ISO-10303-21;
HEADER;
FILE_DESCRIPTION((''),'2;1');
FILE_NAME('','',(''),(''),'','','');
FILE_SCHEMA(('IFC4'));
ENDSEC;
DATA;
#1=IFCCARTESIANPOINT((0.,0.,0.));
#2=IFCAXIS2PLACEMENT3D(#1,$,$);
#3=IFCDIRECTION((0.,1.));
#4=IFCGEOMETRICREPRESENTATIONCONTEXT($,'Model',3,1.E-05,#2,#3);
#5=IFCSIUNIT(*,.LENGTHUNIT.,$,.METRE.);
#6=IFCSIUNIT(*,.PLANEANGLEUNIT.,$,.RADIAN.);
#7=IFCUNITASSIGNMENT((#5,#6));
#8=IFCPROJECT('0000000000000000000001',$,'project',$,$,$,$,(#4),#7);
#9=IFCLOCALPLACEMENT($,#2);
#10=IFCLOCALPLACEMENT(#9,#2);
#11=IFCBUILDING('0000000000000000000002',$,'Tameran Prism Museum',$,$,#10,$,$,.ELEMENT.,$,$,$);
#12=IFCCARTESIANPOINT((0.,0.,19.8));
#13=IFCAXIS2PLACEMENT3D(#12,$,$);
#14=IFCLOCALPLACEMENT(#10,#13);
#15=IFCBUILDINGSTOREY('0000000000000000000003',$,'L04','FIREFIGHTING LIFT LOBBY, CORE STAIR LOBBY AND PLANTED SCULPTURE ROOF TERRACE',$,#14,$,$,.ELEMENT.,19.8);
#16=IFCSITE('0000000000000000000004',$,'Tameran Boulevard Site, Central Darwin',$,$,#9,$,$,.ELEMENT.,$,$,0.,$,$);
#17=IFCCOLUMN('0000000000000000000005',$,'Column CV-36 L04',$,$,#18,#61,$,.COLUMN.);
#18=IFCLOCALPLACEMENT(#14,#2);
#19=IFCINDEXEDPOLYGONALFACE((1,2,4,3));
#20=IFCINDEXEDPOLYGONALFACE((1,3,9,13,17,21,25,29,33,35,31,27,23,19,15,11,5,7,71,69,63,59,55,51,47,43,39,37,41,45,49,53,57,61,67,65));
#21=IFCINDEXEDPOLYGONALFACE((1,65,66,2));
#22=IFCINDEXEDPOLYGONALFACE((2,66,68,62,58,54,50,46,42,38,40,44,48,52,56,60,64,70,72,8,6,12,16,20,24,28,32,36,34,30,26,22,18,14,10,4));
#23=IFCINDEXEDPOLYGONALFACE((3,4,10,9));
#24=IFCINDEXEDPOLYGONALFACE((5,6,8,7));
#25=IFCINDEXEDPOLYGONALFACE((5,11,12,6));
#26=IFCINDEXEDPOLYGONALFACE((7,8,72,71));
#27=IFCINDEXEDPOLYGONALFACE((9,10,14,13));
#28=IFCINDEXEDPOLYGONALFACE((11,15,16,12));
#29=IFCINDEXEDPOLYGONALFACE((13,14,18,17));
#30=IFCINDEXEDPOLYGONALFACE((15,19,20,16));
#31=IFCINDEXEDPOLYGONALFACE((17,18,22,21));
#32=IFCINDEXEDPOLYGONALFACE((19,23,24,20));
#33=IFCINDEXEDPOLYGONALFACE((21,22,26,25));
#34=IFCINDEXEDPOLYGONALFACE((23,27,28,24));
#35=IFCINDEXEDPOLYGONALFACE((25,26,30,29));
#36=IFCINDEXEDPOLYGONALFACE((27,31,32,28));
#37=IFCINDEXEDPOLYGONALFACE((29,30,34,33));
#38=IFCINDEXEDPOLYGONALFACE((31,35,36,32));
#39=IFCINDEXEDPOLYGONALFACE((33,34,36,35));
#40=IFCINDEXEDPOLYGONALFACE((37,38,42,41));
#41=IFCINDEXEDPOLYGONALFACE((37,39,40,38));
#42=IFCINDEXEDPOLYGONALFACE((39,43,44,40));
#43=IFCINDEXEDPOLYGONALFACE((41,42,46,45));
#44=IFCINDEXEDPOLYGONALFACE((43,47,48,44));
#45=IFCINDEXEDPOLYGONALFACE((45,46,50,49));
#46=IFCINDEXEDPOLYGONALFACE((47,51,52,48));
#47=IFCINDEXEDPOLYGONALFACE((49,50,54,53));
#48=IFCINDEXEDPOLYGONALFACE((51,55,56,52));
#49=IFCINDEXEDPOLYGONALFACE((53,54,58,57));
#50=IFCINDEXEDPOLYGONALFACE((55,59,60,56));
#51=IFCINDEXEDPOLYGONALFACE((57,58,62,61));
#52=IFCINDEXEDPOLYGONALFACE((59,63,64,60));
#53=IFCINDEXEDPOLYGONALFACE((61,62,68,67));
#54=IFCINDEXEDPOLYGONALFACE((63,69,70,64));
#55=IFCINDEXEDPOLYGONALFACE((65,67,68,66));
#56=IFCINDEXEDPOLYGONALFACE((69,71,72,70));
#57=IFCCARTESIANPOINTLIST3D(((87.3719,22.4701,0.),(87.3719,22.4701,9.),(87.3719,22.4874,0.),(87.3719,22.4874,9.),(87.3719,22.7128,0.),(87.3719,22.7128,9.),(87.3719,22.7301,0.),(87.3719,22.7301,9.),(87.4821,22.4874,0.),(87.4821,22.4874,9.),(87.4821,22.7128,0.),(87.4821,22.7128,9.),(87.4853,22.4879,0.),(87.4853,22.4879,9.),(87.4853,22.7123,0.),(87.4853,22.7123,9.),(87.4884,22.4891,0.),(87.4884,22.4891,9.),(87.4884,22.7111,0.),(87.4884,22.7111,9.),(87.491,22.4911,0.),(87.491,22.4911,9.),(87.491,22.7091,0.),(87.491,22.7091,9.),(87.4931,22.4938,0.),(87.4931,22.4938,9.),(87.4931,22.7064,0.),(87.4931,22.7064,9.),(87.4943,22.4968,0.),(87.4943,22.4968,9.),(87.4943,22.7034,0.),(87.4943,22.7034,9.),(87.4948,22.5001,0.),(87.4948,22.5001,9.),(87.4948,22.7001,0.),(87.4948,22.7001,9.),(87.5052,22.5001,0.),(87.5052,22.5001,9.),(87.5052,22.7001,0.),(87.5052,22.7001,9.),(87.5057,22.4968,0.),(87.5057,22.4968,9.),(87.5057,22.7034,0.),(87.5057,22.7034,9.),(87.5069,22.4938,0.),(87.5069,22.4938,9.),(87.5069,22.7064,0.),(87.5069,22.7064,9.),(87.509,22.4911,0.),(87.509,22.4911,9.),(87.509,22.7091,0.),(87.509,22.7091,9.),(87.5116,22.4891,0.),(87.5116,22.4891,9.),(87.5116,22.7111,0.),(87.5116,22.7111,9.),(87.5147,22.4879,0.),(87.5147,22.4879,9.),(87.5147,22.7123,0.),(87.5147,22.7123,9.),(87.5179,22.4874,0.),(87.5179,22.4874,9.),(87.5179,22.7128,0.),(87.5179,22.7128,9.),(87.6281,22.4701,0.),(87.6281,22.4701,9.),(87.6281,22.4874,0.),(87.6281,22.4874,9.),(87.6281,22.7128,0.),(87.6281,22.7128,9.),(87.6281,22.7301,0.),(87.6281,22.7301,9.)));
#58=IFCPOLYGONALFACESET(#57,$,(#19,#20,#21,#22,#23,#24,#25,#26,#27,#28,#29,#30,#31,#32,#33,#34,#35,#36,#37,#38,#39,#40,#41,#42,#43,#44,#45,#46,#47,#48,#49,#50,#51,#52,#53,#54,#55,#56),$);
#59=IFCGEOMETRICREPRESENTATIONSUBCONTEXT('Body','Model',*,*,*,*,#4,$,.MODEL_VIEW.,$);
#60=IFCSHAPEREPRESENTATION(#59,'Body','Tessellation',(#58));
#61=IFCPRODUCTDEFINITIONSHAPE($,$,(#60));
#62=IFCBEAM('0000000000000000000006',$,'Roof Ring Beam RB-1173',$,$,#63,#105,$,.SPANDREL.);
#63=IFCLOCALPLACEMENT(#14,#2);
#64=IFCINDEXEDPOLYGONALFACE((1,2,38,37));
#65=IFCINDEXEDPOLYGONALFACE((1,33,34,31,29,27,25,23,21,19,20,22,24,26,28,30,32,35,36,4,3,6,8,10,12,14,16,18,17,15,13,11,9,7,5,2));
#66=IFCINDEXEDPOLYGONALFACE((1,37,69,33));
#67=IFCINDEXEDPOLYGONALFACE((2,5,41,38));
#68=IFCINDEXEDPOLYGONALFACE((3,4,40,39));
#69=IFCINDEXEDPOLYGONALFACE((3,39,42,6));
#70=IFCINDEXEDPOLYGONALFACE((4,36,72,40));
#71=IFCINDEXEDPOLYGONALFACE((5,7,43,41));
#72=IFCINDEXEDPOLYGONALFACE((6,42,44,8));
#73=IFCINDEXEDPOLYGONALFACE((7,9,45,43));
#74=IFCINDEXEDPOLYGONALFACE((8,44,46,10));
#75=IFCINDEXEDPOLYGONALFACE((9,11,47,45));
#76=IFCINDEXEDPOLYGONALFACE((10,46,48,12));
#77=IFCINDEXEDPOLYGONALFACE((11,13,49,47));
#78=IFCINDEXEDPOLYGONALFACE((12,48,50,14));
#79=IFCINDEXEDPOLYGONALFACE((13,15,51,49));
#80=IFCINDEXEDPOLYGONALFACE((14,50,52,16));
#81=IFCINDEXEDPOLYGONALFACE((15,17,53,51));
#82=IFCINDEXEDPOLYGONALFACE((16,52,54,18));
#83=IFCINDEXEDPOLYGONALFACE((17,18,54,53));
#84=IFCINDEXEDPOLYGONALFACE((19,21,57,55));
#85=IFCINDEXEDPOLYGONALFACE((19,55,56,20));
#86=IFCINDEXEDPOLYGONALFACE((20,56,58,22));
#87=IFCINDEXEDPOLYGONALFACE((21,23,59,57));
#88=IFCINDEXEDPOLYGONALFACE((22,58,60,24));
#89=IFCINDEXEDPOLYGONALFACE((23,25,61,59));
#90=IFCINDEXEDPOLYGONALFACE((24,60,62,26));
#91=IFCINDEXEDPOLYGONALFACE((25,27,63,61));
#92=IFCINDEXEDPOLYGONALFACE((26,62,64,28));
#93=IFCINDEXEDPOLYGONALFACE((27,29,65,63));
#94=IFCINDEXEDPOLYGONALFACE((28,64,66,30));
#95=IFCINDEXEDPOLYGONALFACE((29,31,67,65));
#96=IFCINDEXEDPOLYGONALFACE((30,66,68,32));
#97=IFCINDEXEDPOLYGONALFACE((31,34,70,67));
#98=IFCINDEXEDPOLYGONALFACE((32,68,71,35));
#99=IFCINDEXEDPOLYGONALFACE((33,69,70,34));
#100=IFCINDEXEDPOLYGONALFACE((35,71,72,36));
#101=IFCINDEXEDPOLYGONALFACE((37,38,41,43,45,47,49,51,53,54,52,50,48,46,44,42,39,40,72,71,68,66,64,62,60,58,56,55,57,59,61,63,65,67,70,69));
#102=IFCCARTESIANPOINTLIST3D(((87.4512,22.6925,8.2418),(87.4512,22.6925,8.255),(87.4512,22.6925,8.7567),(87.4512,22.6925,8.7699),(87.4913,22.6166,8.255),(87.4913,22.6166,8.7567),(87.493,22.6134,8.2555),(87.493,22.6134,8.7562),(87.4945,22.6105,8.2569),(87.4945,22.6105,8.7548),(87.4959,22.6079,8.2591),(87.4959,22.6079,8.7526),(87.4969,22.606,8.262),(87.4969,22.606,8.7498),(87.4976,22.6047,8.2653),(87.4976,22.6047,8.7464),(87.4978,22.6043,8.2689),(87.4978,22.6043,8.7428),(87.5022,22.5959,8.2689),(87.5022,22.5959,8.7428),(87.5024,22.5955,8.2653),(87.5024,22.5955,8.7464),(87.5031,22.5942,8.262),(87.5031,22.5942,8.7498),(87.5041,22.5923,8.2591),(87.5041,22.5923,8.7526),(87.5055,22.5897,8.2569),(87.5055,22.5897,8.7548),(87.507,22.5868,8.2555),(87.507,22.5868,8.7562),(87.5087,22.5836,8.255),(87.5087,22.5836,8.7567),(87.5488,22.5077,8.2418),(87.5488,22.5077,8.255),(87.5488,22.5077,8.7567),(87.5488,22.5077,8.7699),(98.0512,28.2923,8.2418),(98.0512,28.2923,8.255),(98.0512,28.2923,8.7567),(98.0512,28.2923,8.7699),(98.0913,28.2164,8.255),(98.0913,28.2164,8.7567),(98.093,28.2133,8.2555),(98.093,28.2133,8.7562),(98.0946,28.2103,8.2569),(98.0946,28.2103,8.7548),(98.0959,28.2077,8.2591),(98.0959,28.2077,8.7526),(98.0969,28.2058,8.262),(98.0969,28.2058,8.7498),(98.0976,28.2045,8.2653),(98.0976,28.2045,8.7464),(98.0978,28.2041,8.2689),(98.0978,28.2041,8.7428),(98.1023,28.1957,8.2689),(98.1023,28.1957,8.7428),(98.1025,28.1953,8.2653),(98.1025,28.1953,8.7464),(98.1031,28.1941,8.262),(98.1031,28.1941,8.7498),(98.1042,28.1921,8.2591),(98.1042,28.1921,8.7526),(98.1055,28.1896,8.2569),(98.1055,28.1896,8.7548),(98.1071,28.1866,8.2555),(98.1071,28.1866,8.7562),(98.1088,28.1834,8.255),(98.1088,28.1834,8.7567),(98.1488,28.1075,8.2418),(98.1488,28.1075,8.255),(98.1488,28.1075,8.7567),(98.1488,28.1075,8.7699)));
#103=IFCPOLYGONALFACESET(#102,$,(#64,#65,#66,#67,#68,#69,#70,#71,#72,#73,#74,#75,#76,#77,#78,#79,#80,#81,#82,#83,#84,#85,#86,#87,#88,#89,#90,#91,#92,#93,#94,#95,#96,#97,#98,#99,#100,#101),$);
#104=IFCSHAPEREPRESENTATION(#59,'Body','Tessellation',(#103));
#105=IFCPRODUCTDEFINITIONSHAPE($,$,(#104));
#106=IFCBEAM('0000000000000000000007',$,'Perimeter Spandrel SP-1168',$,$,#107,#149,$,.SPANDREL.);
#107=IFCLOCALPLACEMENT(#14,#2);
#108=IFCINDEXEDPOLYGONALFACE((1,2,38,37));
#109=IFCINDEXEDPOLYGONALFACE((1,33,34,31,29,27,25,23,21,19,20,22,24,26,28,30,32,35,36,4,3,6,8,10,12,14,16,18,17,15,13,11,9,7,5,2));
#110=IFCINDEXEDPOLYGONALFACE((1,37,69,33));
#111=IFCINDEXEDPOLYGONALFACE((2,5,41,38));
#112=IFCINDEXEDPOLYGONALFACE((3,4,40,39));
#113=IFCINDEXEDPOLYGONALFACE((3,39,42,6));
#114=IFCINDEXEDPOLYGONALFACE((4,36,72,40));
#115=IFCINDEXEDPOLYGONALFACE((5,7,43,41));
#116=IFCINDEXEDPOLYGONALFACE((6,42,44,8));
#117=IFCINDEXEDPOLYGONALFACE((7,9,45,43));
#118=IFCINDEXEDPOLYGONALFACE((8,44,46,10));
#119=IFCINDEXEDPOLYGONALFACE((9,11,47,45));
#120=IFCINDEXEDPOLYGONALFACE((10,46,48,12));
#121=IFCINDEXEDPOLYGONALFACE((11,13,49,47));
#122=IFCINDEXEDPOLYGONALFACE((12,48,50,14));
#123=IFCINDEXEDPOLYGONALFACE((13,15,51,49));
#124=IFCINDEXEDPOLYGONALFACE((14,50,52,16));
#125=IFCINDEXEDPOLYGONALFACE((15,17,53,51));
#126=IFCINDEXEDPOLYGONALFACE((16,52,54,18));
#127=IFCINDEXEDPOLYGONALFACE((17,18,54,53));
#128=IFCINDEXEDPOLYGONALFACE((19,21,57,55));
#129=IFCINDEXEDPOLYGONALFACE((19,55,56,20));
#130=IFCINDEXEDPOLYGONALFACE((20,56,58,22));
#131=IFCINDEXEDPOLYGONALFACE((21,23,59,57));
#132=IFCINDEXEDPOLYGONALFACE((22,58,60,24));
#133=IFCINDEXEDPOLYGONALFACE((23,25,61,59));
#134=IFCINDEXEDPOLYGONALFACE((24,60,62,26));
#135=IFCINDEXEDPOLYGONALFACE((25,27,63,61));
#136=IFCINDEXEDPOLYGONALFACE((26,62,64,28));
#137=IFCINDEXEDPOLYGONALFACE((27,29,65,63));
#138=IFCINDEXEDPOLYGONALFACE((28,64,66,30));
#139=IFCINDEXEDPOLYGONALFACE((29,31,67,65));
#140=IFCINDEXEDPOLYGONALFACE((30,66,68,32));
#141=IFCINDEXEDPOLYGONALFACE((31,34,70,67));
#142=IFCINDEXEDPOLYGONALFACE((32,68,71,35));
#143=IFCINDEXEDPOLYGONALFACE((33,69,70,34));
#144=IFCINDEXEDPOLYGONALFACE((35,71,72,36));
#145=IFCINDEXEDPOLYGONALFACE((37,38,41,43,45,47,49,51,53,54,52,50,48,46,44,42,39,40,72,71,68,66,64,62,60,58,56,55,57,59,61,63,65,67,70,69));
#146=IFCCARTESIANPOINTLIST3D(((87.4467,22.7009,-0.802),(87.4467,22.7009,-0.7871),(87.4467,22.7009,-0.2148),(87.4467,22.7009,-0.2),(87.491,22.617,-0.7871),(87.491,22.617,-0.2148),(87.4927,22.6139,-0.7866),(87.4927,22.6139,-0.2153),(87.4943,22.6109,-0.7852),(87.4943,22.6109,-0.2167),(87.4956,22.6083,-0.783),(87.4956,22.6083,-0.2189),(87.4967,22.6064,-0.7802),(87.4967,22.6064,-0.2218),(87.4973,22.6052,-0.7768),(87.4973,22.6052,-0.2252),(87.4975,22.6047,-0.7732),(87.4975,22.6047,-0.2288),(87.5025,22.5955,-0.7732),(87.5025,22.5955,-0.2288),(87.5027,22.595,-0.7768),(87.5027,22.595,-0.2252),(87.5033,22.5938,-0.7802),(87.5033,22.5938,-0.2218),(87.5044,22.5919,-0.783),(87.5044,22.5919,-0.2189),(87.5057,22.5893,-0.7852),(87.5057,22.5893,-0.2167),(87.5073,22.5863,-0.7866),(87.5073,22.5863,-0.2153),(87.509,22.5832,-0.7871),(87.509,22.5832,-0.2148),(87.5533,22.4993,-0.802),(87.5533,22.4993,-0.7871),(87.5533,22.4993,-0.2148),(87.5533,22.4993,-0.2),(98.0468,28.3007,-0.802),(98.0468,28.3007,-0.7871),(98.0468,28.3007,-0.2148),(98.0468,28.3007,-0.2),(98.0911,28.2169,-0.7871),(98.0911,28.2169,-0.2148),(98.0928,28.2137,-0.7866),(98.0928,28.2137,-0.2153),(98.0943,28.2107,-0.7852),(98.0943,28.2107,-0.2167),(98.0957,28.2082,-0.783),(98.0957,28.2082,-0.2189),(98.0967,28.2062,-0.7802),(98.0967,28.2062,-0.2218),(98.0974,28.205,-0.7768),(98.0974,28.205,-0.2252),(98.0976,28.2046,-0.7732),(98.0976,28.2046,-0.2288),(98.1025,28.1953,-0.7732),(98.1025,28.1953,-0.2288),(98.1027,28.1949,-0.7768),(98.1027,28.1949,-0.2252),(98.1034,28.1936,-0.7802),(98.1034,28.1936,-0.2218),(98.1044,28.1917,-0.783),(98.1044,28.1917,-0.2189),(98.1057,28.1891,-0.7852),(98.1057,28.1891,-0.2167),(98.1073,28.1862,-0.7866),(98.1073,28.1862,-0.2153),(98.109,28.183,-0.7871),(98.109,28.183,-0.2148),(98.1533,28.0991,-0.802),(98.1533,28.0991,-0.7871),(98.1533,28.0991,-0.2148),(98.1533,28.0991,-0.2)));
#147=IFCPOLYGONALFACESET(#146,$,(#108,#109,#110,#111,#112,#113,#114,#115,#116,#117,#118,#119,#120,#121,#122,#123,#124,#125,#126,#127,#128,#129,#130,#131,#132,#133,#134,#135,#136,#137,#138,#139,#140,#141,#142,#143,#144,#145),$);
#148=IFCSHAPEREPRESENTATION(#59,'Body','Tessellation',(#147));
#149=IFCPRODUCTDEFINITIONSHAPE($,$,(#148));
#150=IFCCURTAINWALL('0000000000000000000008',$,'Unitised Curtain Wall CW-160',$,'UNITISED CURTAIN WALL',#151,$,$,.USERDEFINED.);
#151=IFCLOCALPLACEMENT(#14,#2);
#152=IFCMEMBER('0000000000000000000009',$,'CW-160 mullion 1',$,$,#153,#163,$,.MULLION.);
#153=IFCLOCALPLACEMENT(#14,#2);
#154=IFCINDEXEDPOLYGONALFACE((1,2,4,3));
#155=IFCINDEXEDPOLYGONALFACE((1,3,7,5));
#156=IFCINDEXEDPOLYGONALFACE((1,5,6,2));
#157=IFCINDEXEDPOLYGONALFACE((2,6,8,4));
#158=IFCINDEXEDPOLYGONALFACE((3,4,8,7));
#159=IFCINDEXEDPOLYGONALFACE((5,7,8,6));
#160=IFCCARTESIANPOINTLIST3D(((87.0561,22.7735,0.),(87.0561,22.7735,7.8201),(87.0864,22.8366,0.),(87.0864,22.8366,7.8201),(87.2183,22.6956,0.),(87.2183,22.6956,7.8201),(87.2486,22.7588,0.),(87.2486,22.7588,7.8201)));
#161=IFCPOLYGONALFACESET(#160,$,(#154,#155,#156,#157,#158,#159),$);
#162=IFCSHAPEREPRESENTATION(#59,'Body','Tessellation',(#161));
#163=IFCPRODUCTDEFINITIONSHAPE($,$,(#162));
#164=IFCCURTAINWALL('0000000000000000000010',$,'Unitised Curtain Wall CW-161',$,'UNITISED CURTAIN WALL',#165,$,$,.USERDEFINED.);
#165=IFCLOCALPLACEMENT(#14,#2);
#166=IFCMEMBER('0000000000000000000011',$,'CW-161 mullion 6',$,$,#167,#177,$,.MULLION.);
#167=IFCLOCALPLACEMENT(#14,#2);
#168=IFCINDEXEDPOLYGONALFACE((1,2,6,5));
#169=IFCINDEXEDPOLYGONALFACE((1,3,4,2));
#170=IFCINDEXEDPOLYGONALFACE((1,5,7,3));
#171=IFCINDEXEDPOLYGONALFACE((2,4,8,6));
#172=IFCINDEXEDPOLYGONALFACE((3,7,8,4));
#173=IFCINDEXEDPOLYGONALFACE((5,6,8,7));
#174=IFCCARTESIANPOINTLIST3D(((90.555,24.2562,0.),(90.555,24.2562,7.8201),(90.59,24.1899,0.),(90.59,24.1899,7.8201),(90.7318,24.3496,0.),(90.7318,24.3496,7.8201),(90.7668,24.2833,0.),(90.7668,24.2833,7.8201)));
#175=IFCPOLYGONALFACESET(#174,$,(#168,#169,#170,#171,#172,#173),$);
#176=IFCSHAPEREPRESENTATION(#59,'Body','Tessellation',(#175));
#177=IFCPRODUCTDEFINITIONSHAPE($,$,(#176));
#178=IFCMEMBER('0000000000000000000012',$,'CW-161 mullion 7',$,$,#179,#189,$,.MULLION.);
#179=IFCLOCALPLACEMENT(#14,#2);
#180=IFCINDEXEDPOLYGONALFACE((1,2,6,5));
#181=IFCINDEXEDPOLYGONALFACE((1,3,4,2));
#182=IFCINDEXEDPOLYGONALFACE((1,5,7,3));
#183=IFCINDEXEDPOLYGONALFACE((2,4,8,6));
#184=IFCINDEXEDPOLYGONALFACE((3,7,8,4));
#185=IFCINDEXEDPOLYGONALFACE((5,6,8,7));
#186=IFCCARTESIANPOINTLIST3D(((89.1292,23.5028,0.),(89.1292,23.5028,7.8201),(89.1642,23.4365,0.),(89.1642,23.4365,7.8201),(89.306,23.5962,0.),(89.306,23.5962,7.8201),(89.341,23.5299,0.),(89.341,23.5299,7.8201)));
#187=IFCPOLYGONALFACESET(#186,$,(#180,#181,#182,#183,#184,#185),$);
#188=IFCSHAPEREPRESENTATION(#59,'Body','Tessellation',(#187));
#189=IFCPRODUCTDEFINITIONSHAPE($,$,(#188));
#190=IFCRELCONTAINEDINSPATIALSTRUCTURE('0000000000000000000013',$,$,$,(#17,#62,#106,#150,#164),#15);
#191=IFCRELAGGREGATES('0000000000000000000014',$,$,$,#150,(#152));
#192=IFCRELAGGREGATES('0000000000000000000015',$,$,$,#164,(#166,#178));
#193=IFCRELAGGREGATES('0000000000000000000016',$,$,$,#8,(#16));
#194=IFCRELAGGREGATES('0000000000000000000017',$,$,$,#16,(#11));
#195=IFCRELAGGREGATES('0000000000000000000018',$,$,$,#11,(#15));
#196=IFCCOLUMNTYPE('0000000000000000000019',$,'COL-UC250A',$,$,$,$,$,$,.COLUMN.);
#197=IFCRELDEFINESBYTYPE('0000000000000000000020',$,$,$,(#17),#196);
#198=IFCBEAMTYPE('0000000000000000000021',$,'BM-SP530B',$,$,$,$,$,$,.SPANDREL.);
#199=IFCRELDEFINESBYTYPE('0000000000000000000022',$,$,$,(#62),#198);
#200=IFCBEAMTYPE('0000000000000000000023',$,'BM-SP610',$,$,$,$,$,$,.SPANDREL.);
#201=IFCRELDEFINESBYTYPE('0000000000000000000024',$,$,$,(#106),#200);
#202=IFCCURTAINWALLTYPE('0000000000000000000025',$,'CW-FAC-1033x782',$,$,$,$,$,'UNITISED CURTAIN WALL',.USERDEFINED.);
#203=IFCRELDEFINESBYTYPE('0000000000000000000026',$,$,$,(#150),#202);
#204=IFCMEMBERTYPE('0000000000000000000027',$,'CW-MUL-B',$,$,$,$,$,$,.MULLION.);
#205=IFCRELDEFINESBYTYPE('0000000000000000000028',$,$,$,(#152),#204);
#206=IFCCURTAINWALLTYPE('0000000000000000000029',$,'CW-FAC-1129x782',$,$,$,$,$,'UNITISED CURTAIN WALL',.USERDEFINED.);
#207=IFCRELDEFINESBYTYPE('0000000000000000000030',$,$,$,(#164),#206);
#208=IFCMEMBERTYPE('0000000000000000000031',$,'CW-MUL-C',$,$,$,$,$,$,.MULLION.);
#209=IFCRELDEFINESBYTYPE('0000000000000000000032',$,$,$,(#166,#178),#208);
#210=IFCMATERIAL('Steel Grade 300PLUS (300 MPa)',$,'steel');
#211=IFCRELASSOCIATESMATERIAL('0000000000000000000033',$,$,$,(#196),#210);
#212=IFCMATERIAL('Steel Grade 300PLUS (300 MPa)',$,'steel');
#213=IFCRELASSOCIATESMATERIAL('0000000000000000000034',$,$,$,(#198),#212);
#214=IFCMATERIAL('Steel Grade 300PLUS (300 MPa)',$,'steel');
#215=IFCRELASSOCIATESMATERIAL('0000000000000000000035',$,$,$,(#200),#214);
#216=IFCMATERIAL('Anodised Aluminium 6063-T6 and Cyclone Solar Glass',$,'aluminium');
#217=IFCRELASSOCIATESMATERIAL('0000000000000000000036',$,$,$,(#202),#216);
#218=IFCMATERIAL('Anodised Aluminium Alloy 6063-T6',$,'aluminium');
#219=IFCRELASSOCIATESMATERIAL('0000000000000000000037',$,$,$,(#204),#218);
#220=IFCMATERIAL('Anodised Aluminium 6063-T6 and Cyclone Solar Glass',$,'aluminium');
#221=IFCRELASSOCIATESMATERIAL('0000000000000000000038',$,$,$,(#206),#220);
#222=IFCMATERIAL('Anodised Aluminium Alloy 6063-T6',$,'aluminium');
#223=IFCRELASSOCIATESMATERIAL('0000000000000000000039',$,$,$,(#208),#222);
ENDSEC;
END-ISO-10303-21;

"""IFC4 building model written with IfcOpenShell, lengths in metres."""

from ifc_helpers import new_model, si_unit, direction, frame, origin, origin_2d, place, context, subcontext, project, spatial, rectangle, i_section, extrude, material, material_profile, profile_set, type_object, element, aggregate, save


model = new_model("IFC4")

# Units and contexts
model_context = context("Model", 3, precision=1e-05, world=origin(), true_north=direction((0.0, 1.0)))
body_context = subcontext(model_context, "Body", "Model", "MODEL_VIEW")
ifc_project = project(units=[si_unit("LENGTHUNIT", "METRE"), si_unit("PLANEANGLEUNIT", "RADIAN")], contexts=[model_context])

# Site, building, storey
site_placement = place(None, origin())
site = spatial("IfcSite", under=ifc_project, at=site_placement, Name="Tameran Boulevard Site, Central Darwin", CompositionType="ELEMENT", RefElevation=0.0)
building_placement = place(site_placement, origin())
building = spatial("IfcBuilding", under=site, at=building_placement, Name="Tameran Prism Museum", CompositionType="ELEMENT")
storey_placement = place(building_placement, frame((0.0, 0.0, 19.8)))
storey = spatial("IfcBuildingStorey", under=building, at=storey_placement, Name="L04", Description="FIREFIGHTING LIFT LOBBY, CORE STAIR LOBBY AND PLANTED SCULPTURE ROOF TERRACE", CompositionType="ELEMENT", Elevation=19.8)

# Column
ifc_material_1 = material(Name="Steel Grade 300PLUS (300 MPa)", Category="steel")
ifc_material_profile_1 = material_profile(ifc_material_1, i_section(OverallWidth=0.2561, OverallDepth=0.26, WebThickness=0.0105, FlangeThickness=0.0173, FilletRadius=0.0127, at=origin_2d()))
ifc_profile_set_1 = profile_set([ifc_material_profile_1])
column_type = type_object("IfcColumnType", Name="COL-UC250A", PredefinedType="COLUMN", material=ifc_profile_set_1)
column_placement = place(storey_placement, frame((87.5, 22.6001, 0.0), z_axis=(0.0, 0.0, 1.0), x_axis=(1.0, 0.0, 0.0)))
element("IfcColumn", 1, at=column_placement, inside=storey, type_object=column_type, Name="Column CV-36 L04", PredefinedType="COLUMN", context=body_context, shape_type="SweptSolid", body=[
    extrude(i_section(OverallWidth=0.2561, OverallDepth=0.26, WebThickness=0.0105, FlangeThickness=0.0173, FilletRadius=0.0127, at=origin_2d()), origin(), (0.0, 0.0, 1.0), 9.0),
])

# Beams
ifc_material_2 = material(Name="Steel Grade 300PLUS (300 MPa)", Category="steel")
ifc_material_profile_2 = material_profile(ifc_material_2, i_section(OverallWidth=0.209, OverallDepth=0.5281, WebThickness=0.0095, FlangeThickness=0.0132, FilletRadius=0.0139, at=origin_2d()))
ifc_profile_set_2 = profile_set([ifc_material_profile_2])
beam_type_1 = type_object("IfcBeamType", Name="BM-SP530B", PredefinedType="SPANDREL", material=ifc_profile_set_2)
beam_1_placement = place(storey_placement, frame((87.5, 22.6001, 8.5059), z_axis=(0.8842, 0.467108, 0.0), x_axis=(-0.467108, 0.8842, 0.0)))
element("IfcBeam", 2, at=beam_1_placement, inside=storey, type_object=beam_type_1, Name="Roof Ring Beam RB-1173", PredefinedType="SPANDREL", context=body_context, shape_type="SweptSolid", body=[
    extrude(i_section(OverallWidth=0.209, OverallDepth=0.5281, WebThickness=0.0095, FlangeThickness=0.0132, FilletRadius=0.0139, at=origin_2d()), origin(), (0.0, 0.0, 1.0), 11.9883),
])
ifc_material_3 = material(Name="Steel Grade 300PLUS (300 MPa)", Category="steel")
ifc_material_profile_3 = material_profile(ifc_material_3, i_section(OverallWidth=0.228, OverallDepth=0.6021, WebThickness=0.0105, FlangeThickness=0.0149, FilletRadius=0.0139, at=origin_2d()))
ifc_profile_set_3 = profile_set([ifc_material_profile_3])
beam_type_2 = type_object("IfcBeamType", Name="BM-SP610", PredefinedType="SPANDREL", material=ifc_profile_set_3)
beam_2_placement = place(storey_placement, frame((87.5, 22.6001, -0.501), z_axis=(0.8842, 0.467108, 0.0), x_axis=(-0.467108, 0.8842, 0.0)))
element("IfcBeam", 3, at=beam_2_placement, inside=storey, type_object=beam_type_2, Name="Perimeter Spandrel SP-1168", PredefinedType="SPANDREL", context=body_context, shape_type="SweptSolid", body=[
    extrude(i_section(OverallWidth=0.228, OverallDepth=0.6021, WebThickness=0.0105, FlangeThickness=0.0149, FilletRadius=0.0139, at=origin_2d()), origin(), (0.0, 0.0, 1.0), 11.9883),
])

# Curtain wall, member
ifc_material_4 = material(Name="Anodised Aluminium 6063-T6 and Cyclone Solar Glass", Category="aluminium")
curtain_wall_type_1 = type_object("IfcCurtainWallType", Name="CW-FAC-1033x782", ElementType="UNITISED CURTAIN WALL", PredefinedType="USERDEFINED", material=ifc_material_4)
curtain_wall_1_placement = place(storey_placement, origin())
curtain_wall_1 = element("IfcCurtainWall", 4, at=curtain_wall_1_placement, inside=storey, type_object=curtain_wall_type_1, Name="Unitised Curtain Wall CW-160", ObjectType="UNITISED CURTAIN WALL", PredefinedType="USERDEFINED")
ifc_material_5 = material(Name="Anodised Aluminium Alloy 6063-T6", Category="aluminium")
ifc_material_profile_4 = material_profile(ifc_material_5, rectangle(XDim=0.0701, YDim=0.1799, at=origin_2d()))
ifc_profile_set_4 = profile_set([ifc_material_profile_4])
member_type_1 = type_object("IfcMemberType", Name="CW-MUL-B", PredefinedType="MULLION", material=ifc_profile_set_4)
member_1_placement = place(storey_placement, frame((87.1523, 22.7661, 0.0), z_axis=(0.0, 0.0, 1.0), x_axis=(-0.432832, -0.901475, 0.0)))
member_1 = element("IfcMember", 5, at=member_1_placement, type_object=member_type_1, Name="CW-160 mullion 1", PredefinedType="MULLION", context=body_context, shape_type="SweptSolid", body=[
    extrude(rectangle(XDim=0.0701, YDim=0.1799, at=origin_2d()), origin(), (0.0, 0.0, 1.0), 7.8201),
])

# Curtain wall, members
ifc_material_6 = material(Name="Anodised Aluminium 6063-T6 and Cyclone Solar Glass", Category="aluminium")
curtain_wall_type_2 = type_object("IfcCurtainWallType", Name="CW-FAC-1129x782", ElementType="UNITISED CURTAIN WALL", PredefinedType="USERDEFINED", material=ifc_material_6)
curtain_wall_2_placement = place(storey_placement, origin())
curtain_wall_2 = element("IfcCurtainWall", 6, at=curtain_wall_2_placement, inside=storey, type_object=curtain_wall_type_2, Name="Unitised Curtain Wall CW-161", ObjectType="UNITISED CURTAIN WALL", PredefinedType="USERDEFINED")
ifc_material_7 = material(Name="Anodised Aluminium Alloy 6063-T6", Category="aluminium")
ifc_material_profile_5 = material_profile(ifc_material_7, rectangle(XDim=0.075, YDim=0.2, at=origin_2d()))
ifc_profile_set_5 = profile_set([ifc_material_profile_5])
member_type_2 = type_object("IfcMemberType", Name="CW-MUL-C", PredefinedType="MULLION", material=ifc_profile_set_5)
member_2_placement = place(storey_placement, frame((90.6609, 24.2698, 0.0), z_axis=(0.0, 0.0, 1.0), x_axis=(0.467155, -0.884175, 0.0)))
member_2 = element("IfcMember", 7, at=member_2_placement, type_object=member_type_2, Name="CW-161 mullion 6", PredefinedType="MULLION", context=body_context, shape_type="SweptSolid", body=[
    extrude(rectangle(XDim=0.075, YDim=0.2, at=origin_2d()), origin(), (0.0, 0.0, 1.0), 7.8201),
])
member_3_placement = place(storey_placement, frame((89.2351, 23.5164, 0.0), z_axis=(0.0, 0.0, 1.0), x_axis=(0.467155, -0.884175, 0.0)))
member_3 = element("IfcMember", 8, at=member_3_placement, type_object=member_type_2, Name="CW-161 mullion 7", PredefinedType="MULLION", context=body_context, shape_type="SweptSolid", body=[
    extrude(rectangle(XDim=0.075, YDim=0.2, at=origin_2d()), origin(), (0.0, 0.0, 1.0), 7.8201),
])

aggregate(curtain_wall_1, [member_1])

aggregate(curtain_wall_2, [member_2, member_3])

save(model, "model.ifc")
